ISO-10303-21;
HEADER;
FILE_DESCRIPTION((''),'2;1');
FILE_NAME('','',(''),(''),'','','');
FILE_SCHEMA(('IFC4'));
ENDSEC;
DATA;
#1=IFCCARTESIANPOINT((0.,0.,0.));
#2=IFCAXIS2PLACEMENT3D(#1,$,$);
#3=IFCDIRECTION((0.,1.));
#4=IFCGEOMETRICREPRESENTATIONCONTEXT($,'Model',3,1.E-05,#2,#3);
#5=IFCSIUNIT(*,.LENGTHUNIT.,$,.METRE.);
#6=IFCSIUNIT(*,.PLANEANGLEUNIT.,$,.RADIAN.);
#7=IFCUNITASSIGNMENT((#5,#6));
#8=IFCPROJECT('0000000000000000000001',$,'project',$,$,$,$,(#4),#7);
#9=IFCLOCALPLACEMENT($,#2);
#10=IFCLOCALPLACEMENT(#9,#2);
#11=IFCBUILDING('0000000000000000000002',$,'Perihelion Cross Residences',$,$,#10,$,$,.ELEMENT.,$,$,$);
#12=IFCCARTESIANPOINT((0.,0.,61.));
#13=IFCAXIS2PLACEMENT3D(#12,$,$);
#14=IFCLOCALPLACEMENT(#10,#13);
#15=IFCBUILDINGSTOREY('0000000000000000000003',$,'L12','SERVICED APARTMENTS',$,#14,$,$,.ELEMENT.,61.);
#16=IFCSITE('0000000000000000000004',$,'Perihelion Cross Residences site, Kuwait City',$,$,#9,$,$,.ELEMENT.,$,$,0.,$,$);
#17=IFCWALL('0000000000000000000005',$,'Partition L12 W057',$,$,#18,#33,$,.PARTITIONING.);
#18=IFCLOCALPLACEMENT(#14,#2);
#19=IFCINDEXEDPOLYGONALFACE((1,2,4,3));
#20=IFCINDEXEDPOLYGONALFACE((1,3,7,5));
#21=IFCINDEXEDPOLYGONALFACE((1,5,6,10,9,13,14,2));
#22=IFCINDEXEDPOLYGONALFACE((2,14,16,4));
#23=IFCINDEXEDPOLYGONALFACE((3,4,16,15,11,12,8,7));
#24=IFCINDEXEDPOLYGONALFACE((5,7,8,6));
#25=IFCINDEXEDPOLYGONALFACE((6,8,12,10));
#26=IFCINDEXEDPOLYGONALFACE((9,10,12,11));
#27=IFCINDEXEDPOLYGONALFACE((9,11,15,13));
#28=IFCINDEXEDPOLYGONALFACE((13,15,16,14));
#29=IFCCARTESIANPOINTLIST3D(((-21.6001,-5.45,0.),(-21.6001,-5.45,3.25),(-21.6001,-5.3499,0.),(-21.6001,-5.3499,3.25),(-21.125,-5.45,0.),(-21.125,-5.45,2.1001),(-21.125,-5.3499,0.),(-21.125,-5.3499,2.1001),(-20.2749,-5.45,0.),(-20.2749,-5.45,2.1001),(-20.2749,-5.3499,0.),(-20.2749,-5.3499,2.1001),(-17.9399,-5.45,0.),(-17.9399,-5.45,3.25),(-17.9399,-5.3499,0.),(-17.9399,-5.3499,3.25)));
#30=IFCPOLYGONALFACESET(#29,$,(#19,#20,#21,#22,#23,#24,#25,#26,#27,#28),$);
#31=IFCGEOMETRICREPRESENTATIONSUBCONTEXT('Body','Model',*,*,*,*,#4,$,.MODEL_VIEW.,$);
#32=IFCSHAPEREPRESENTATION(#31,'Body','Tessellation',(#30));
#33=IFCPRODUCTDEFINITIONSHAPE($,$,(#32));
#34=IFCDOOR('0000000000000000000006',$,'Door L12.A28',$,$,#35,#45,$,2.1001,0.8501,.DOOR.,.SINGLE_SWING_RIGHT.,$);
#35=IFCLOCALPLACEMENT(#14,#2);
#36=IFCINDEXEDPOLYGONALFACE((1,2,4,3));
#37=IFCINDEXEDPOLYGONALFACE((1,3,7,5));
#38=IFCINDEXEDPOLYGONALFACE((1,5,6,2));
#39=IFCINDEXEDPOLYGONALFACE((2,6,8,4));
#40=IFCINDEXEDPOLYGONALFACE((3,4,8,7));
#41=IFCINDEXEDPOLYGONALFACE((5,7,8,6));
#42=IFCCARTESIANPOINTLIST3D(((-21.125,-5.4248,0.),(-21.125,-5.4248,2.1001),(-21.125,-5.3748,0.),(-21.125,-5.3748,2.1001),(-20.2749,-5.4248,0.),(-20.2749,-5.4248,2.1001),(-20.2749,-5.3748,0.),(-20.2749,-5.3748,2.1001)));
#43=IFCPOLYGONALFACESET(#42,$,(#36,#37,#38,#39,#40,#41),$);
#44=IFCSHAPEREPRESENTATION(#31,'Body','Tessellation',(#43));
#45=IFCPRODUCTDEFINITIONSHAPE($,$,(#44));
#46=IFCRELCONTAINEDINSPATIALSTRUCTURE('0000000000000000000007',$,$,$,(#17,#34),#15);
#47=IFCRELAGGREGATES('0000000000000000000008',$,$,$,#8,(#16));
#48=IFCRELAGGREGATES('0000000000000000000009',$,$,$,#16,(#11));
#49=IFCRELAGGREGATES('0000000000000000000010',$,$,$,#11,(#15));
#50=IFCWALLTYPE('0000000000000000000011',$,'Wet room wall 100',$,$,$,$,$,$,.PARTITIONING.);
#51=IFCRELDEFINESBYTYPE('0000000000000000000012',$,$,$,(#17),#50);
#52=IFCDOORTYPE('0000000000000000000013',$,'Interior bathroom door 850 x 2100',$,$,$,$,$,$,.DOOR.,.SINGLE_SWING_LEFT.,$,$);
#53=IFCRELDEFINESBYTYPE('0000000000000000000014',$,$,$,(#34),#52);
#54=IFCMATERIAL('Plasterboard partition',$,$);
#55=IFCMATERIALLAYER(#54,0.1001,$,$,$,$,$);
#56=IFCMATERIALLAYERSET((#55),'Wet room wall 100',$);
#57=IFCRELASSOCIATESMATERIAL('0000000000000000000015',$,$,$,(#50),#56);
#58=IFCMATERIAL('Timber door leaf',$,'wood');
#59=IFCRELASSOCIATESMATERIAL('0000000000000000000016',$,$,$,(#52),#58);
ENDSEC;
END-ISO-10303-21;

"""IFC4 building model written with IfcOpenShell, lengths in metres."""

from ifc_helpers import new_model, si_unit, direction, frame, frame_2d, origin, place, context, subcontext, project, spatial, rectangle, extrude, material, layer, layer_set, type_object, element, fill, save


model = new_model("IFC4")

# Units and contexts
model_context = context("Model", 3, precision=1e-05, world=origin(), true_north=direction((0.0, 1.0)))
body_context = subcontext(model_context, "Body", "Model", "MODEL_VIEW")
ifc_project = project(units=[si_unit("LENGTHUNIT", "METRE"), si_unit("PLANEANGLEUNIT", "RADIAN")], contexts=[model_context])

# Site, building, storey
site_placement = place(None, origin())
site = spatial("IfcSite", under=ifc_project, at=site_placement, Name="Perihelion Cross Residences site, Kuwait City", CompositionType="ELEMENT", RefElevation=0.0)
building_placement = place(site_placement, origin())
building = spatial("IfcBuilding", under=site, at=building_placement, Name="Perihelion Cross Residences", CompositionType="ELEMENT")
storey_placement = place(building_placement, frame((0.0, 0.0, 61.0)))
storey = spatial("IfcBuildingStorey", under=building, at=storey_placement, Name="L12", Description="SERVICED APARTMENTS", CompositionType="ELEMENT", Elevation=61.0)

# Shared definitions
ifc_material_1 = material(Name="Plasterboard partition")
ifc_layer_1 = layer(ifc_material_1, 0.1001)
ifc_layer_set_1 = layer_set([ifc_layer_1], Name="Wet room wall 100")
wall_type_1 = type_object("IfcWallType", Name="Wet room wall 100", PredefinedType="PARTITIONING", material=ifc_layer_set_1)

# Wall, opening, door
ifc_material_2 = material(Name="Timber door leaf", Category="wood")
door_type_1 = type_object("IfcDoorType", Name="Interior bathroom door 850 x 2100", OperationType="SINGLE_SWING_LEFT", PredefinedType="DOOR", material=ifc_material_2)
wall_1_placement = place(storey_placement, frame((-17.9399, -5.3999, 0.0), z_axis=(0.0, 0.0, 1.0), x_axis=(-1.0, 0.0, 0.0)))
wall_1 = element("IfcWall", 1, at=wall_1_placement, inside=storey, type_object=wall_type_1, Name="Partition L12 W057", PredefinedType="PARTITIONING", context=body_context, shape_type="SweptSolid", body=[
    extrude(rectangle(XDim=3.6602, YDim=0.1001, at=frame_2d((1.8301, 0.0))), origin(), (0.0, 0.0, 1.0), 3.25),
])
opening_1_placement = place(wall_1_placement, frame((2.335, 0.0, 0.0)))
opening_1 = element("IfcOpeningElement", 2, at=opening_1_placement, cuts=wall_1, PredefinedType="OPENING", context=body_context, shape_type="SweptSolid", body=[
    extrude(rectangle(XDim=0.8501, YDim=2.1001, at=frame_2d((0.425, 1.05))), frame((0.0, 0.0601, 0.0), z_axis=(0.0, -1.0, 0.0), x_axis=(1.0, 0.0, 0.0)), (0.0, 0.0, 1.0), 0.1201),
])
door_1_placement = place(opening_1_placement, origin())
door_1 = element("IfcDoor", 3, at=door_1_placement, inside=storey, type_object=door_type_1, Name="Door L12.A28", OperationType="SINGLE_SWING_RIGHT", OverallHeight=2.1001, OverallWidth=0.8501, PredefinedType="DOOR", context=body_context, shape_type="SweptSolid", body=[
    extrude(rectangle(XDim=0.8501, YDim=2.1001, at=frame_2d((0.425, 1.05))), frame((0.0, 0.0249, 0.0), z_axis=(0.0, -1.0, 0.0), x_axis=(1.0, 0.0, 0.0)), (0.0, 0.0, 1.0), 0.05),
])
fill(opening_1, door_1)

save(model, "model.ifc")
